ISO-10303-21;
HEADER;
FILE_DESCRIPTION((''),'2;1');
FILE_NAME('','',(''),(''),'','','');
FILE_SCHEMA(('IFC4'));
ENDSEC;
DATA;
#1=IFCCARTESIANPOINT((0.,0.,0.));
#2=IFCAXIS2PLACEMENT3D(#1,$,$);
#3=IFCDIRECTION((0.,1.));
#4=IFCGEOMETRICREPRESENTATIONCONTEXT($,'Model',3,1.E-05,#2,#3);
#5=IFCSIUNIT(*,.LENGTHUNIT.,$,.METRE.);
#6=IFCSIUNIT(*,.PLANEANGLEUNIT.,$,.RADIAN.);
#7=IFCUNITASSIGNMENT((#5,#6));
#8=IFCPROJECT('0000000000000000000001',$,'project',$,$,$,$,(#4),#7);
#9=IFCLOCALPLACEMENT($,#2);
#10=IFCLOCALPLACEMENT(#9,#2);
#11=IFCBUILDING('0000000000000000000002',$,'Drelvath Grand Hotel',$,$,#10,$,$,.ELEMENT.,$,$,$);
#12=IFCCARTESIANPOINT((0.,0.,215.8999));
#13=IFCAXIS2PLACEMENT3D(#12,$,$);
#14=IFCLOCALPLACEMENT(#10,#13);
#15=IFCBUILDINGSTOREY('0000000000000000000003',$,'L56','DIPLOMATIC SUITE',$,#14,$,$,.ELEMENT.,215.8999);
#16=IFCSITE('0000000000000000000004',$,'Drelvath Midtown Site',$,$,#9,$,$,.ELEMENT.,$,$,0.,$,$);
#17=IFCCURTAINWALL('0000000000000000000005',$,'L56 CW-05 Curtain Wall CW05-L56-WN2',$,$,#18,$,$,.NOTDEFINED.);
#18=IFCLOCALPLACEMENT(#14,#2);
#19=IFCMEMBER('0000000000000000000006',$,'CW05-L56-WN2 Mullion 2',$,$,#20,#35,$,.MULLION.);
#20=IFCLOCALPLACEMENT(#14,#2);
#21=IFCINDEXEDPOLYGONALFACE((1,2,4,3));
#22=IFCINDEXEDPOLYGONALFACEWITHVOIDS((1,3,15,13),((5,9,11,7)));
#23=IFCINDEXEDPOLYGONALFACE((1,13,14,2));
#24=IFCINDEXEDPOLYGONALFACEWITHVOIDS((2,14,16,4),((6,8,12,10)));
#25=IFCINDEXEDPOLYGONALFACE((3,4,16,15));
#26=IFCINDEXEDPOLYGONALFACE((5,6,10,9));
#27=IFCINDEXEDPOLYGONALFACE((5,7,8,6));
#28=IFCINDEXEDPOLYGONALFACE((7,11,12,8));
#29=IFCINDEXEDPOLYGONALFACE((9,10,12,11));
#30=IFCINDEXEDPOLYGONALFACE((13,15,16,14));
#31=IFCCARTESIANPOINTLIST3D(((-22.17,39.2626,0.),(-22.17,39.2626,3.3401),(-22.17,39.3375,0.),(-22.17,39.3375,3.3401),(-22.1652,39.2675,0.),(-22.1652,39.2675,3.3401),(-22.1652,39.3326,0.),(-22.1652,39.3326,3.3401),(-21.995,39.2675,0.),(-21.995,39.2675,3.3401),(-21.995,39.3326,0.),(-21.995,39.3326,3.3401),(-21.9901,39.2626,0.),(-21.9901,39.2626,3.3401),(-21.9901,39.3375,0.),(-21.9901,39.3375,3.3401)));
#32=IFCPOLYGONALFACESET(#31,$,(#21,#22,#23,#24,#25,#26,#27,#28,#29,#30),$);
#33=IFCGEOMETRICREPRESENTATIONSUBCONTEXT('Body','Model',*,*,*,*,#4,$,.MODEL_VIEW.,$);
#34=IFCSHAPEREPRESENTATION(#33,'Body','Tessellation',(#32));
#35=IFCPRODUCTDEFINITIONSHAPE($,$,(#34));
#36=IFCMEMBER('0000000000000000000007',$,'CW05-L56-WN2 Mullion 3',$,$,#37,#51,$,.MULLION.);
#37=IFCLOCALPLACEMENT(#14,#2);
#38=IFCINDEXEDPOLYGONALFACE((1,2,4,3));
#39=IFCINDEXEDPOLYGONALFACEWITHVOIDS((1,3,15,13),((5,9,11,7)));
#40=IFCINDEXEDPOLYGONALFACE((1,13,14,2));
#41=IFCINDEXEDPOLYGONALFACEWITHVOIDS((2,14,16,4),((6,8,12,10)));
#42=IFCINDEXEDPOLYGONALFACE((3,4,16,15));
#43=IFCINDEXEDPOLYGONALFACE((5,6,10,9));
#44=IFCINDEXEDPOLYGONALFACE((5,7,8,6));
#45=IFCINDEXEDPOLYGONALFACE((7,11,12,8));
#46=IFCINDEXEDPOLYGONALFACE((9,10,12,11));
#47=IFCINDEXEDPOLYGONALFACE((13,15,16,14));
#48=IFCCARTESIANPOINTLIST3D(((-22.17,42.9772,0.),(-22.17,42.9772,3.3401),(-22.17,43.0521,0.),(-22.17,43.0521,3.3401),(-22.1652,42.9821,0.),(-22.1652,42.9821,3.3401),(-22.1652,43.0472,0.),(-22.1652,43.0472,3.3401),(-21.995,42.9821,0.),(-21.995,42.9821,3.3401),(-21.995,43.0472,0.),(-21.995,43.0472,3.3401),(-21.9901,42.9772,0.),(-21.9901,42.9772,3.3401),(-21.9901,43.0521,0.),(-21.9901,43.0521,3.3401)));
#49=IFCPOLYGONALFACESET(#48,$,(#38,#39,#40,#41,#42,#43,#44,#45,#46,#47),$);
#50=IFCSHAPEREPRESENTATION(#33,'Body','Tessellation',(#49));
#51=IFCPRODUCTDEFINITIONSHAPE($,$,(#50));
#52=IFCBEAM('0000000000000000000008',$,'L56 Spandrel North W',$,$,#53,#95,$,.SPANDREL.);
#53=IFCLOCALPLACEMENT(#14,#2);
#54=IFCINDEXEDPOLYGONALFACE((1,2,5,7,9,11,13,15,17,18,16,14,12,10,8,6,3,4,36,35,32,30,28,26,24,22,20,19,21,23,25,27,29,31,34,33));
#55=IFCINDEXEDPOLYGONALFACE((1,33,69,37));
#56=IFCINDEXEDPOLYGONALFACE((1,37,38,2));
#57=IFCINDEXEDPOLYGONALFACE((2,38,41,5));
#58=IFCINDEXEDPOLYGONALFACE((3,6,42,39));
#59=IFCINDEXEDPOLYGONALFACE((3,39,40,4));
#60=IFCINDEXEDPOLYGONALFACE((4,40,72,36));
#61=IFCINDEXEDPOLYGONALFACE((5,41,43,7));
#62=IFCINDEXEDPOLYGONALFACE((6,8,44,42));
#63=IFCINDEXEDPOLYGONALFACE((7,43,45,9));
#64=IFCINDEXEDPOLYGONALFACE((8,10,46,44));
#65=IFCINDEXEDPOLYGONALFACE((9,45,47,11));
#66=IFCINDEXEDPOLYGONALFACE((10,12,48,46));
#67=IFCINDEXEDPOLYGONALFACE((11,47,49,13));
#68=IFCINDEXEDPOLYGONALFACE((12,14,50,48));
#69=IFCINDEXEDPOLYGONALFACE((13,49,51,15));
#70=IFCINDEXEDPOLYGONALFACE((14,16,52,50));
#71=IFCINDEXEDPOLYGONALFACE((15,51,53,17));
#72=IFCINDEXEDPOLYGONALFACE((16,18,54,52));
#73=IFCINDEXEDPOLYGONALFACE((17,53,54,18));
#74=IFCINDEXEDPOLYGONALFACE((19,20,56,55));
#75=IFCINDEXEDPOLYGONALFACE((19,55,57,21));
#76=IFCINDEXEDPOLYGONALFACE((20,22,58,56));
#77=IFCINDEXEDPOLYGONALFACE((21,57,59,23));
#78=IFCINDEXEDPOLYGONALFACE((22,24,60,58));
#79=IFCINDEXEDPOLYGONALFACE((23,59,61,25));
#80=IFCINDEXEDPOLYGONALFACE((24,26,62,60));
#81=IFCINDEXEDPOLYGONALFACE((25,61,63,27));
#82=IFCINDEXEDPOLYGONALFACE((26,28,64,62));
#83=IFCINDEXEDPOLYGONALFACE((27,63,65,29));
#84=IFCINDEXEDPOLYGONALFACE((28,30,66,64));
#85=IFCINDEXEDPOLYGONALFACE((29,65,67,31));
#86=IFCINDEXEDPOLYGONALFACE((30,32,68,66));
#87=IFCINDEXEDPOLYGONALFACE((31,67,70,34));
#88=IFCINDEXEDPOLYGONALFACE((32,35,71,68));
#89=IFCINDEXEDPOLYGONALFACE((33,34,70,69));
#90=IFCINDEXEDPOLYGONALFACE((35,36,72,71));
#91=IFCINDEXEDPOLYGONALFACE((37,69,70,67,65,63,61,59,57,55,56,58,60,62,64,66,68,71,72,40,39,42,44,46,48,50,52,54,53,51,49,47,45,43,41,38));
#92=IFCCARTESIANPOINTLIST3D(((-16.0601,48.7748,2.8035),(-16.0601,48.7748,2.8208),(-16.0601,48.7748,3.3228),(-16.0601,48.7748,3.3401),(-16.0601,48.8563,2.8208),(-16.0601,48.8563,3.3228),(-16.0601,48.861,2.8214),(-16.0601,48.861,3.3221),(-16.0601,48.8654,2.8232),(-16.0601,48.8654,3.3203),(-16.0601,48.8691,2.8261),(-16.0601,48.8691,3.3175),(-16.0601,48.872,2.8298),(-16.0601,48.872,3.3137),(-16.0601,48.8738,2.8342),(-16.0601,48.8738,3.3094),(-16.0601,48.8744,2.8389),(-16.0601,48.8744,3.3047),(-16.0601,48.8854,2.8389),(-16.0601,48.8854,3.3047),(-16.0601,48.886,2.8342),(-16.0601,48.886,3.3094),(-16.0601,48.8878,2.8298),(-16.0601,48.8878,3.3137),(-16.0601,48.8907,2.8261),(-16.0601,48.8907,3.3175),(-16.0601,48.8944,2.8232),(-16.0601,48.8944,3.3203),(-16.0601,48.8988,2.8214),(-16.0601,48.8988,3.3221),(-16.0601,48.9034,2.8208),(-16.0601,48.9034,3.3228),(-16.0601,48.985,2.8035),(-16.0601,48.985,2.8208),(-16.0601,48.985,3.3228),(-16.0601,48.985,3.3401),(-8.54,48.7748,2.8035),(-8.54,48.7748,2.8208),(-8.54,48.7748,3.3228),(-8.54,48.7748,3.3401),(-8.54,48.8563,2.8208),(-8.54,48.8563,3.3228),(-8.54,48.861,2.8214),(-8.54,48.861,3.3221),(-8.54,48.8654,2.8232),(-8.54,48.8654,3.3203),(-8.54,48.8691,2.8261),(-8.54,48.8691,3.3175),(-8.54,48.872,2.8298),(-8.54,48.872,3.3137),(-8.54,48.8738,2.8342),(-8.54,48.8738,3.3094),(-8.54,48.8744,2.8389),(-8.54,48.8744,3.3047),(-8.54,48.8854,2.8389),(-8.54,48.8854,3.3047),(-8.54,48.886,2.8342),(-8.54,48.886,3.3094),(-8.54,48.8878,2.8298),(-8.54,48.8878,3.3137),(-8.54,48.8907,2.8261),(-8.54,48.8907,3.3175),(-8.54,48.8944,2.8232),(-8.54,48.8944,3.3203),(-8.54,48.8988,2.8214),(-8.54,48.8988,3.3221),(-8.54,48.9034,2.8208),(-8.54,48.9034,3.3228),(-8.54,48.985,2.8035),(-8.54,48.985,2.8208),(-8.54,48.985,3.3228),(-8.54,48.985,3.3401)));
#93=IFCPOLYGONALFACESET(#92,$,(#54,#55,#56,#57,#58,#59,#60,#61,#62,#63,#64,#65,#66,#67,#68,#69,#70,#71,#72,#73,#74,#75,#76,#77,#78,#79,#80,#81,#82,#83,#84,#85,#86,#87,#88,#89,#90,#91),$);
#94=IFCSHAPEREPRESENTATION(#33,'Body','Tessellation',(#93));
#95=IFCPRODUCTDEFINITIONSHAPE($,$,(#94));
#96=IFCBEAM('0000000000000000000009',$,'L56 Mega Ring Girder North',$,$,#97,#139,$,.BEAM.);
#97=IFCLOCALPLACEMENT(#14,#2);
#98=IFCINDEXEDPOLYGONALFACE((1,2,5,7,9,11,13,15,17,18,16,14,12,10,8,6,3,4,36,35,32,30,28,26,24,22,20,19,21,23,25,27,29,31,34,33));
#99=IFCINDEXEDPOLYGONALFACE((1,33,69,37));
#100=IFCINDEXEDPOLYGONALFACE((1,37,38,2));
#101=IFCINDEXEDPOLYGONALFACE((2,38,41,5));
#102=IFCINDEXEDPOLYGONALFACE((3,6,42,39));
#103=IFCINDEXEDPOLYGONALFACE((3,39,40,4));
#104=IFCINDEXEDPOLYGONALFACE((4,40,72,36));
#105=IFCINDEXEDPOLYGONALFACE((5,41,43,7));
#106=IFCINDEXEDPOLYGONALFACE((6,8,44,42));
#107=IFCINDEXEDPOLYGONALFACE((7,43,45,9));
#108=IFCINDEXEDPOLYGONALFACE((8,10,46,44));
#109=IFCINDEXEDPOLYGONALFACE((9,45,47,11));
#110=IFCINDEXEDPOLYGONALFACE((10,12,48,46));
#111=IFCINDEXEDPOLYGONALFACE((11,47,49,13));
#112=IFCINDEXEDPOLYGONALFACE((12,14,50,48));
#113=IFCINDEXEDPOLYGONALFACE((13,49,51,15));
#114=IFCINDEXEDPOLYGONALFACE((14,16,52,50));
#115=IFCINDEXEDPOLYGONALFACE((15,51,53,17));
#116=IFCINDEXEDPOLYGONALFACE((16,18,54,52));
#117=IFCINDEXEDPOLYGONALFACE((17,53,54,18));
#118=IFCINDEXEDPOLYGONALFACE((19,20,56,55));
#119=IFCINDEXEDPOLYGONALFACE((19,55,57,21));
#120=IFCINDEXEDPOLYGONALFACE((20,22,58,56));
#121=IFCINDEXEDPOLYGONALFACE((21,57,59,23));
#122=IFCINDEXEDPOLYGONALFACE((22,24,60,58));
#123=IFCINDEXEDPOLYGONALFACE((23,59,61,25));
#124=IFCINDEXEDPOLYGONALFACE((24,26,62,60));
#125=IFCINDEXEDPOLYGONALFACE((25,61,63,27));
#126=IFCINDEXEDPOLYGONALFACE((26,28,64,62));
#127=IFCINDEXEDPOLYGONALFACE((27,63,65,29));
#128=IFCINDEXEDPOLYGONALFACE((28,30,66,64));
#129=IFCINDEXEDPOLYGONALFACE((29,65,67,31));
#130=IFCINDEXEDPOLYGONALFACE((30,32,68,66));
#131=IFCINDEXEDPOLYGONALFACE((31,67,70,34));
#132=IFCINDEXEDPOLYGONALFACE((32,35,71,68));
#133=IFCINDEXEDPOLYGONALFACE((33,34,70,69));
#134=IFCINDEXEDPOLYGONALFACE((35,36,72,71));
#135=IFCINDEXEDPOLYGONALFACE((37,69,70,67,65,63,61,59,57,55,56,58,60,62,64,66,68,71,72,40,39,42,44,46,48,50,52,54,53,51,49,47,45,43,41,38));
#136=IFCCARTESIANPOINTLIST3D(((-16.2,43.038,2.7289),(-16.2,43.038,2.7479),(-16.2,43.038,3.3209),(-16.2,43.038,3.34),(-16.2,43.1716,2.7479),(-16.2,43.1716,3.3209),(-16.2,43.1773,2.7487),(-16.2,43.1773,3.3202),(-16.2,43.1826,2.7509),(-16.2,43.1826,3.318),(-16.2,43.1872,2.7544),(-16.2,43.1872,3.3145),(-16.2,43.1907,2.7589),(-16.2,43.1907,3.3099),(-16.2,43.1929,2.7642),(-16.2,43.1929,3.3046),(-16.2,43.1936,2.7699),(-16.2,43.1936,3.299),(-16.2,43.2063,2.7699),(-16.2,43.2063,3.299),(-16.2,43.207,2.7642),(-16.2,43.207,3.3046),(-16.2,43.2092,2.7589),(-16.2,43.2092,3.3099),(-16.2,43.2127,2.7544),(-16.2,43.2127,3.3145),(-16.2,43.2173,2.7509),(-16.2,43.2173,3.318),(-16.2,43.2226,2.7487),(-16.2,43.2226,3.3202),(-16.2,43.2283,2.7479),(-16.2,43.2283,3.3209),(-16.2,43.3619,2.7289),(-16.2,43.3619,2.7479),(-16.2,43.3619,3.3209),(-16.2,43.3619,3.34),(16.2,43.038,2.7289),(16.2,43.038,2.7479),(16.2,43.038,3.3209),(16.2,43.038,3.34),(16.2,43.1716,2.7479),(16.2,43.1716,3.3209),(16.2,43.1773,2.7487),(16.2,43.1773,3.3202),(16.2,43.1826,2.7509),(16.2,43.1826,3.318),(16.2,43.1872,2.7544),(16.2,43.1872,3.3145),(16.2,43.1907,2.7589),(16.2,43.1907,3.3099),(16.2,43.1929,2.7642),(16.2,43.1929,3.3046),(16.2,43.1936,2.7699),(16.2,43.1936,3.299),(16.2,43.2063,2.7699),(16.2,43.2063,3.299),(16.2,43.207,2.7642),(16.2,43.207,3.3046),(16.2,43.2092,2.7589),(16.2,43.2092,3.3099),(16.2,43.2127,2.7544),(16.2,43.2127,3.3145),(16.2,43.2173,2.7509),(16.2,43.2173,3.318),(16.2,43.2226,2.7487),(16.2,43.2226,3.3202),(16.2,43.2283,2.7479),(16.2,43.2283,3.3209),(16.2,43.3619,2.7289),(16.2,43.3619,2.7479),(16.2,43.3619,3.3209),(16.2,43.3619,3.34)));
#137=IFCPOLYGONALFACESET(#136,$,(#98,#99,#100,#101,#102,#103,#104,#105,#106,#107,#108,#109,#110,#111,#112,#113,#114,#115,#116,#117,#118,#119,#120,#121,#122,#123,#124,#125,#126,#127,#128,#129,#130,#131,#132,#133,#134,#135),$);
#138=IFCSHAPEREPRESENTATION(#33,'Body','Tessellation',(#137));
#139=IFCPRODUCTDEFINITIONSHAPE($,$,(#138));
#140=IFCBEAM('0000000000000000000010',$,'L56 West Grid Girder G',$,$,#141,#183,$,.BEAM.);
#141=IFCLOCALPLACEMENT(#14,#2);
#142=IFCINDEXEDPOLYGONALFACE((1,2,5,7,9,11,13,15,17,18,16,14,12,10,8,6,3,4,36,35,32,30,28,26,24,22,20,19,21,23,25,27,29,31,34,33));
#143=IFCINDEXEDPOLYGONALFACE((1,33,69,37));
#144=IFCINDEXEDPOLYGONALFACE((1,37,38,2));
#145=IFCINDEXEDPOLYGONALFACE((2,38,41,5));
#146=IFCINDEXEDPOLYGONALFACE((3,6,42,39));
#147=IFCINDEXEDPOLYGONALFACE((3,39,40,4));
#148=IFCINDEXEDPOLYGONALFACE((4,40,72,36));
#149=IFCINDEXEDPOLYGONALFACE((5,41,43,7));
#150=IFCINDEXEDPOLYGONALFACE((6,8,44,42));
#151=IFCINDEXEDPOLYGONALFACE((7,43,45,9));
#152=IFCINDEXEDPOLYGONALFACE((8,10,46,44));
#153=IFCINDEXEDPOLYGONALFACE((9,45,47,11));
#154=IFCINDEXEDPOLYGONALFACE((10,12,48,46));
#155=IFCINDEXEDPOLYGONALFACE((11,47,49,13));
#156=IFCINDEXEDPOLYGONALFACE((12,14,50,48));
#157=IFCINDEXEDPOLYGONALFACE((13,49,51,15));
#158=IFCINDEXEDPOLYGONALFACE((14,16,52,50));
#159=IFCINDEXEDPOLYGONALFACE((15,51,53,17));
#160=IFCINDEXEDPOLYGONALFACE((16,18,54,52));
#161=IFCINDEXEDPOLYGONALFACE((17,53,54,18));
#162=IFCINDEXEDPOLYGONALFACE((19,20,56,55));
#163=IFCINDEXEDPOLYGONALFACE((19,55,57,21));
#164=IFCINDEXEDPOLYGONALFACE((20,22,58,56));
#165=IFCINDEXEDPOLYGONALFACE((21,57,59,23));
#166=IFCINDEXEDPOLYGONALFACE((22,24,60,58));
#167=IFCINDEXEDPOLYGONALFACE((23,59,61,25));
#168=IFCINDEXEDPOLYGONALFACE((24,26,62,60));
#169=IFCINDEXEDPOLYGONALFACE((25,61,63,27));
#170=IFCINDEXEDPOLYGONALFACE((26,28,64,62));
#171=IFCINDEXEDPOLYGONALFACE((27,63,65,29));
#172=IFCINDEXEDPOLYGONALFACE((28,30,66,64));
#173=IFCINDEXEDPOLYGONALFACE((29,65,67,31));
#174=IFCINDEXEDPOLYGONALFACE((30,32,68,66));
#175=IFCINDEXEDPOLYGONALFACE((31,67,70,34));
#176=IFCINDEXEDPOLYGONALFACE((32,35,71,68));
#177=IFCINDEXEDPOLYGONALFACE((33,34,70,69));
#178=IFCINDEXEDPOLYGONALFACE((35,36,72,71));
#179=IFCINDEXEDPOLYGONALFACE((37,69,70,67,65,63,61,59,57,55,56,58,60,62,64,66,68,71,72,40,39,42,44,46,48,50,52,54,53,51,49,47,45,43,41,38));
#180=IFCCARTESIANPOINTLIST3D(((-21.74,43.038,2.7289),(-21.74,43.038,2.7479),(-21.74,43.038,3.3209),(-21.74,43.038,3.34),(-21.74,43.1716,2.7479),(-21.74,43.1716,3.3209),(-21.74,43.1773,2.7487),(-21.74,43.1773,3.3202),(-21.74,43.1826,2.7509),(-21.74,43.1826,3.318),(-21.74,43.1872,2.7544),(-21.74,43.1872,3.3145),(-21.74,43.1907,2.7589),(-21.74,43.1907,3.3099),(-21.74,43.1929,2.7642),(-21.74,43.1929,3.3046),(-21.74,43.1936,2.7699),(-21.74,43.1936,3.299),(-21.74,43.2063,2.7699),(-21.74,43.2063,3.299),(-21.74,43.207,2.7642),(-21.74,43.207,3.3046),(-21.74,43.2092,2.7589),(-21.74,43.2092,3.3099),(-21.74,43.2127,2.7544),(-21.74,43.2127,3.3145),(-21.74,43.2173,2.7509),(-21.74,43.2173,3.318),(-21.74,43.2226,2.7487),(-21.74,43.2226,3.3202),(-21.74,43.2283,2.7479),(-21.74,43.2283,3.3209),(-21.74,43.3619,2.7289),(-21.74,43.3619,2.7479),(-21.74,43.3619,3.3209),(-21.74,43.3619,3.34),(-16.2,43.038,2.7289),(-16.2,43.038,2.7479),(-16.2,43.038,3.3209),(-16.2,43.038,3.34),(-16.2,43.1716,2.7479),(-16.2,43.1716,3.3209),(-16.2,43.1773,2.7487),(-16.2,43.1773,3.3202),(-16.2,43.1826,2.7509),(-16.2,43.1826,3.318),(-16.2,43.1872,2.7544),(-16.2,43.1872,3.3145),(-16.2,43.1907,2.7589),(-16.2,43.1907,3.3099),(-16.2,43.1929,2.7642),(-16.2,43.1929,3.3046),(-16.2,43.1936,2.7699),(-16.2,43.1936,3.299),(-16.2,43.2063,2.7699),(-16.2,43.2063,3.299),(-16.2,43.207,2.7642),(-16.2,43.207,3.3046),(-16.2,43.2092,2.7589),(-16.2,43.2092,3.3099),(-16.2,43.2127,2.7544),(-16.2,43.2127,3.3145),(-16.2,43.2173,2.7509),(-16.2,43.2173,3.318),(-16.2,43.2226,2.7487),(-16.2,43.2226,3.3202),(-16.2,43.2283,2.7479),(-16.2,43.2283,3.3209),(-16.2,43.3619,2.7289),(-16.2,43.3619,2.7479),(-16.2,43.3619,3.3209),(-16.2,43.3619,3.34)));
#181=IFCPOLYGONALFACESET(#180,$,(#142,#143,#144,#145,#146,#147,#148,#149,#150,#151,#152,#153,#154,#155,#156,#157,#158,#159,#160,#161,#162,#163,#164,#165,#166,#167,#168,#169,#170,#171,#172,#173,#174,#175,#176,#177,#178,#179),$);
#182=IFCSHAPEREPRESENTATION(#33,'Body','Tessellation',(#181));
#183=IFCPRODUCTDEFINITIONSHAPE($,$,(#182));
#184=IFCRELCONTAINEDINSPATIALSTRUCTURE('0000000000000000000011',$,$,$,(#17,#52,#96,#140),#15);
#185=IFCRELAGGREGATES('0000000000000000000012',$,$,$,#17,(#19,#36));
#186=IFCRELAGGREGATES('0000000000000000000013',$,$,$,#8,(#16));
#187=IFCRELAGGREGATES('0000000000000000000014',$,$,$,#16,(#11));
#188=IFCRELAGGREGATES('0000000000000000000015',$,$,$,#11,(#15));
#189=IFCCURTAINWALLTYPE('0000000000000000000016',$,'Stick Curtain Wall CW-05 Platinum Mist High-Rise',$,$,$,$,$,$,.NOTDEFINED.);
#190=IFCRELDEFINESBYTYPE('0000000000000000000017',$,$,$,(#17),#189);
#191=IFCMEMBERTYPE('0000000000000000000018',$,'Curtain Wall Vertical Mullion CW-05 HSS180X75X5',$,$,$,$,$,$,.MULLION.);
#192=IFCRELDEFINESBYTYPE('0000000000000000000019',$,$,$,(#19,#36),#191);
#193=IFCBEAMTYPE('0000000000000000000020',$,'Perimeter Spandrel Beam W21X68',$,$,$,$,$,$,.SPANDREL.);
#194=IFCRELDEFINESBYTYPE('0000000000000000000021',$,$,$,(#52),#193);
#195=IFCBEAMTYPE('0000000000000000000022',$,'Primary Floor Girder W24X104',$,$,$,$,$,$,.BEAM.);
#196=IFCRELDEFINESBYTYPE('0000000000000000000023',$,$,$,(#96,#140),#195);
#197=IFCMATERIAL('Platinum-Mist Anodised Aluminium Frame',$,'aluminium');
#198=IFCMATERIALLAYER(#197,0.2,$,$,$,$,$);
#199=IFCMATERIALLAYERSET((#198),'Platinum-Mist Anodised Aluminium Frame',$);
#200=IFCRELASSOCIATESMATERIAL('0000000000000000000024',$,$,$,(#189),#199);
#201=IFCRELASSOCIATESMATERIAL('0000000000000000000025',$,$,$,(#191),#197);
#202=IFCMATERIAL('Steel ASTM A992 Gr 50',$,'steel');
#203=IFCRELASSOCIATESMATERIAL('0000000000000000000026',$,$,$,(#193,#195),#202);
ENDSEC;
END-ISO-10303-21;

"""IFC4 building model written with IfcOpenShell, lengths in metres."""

from ifc_helpers import new_model, si_unit, direction, frame, origin, origin_2d, place, context, subcontext, project, spatial, hollow_rectangle, i_section, extrude, material, layer, layer_set, material_profile, profile_set, type_object, element, aggregate, save


model = new_model("IFC4")

# Units and contexts
model_context = context("Model", 3, precision=1e-05, world=origin(), true_north=direction((0.0, 1.0)))
body_context = subcontext(model_context, "Body", "Model", "MODEL_VIEW")
ifc_project = project(units=[si_unit("LENGTHUNIT", "METRE"), si_unit("PLANEANGLEUNIT", "RADIAN")], contexts=[model_context])

# Site, building, storey
site_placement = place(None, origin())
site = spatial("IfcSite", under=ifc_project, at=site_placement, Name="Drelvath Midtown Site", CompositionType="ELEMENT", RefElevation=0.0)
building_placement = place(site_placement, origin())
building = spatial("IfcBuilding", under=site, at=building_placement, Name="Drelvath Grand Hotel", CompositionType="ELEMENT")
storey_placement = place(building_placement, frame((0.0, 0.0, 215.8999)))
storey = spatial("IfcBuildingStorey", under=building, at=storey_placement, Name="L56", Description="DIPLOMATIC SUITE", CompositionType="ELEMENT", Elevation=215.8999)

# Shared definitions
ifc_material_1 = material(Name="Steel ASTM A992 Gr 50", Category="steel")

# Curtain wall, members
ifc_material_2 = material(Name="Platinum-Mist Anodised Aluminium Frame", Category="aluminium")
ifc_layer_1 = layer(ifc_material_2, 0.2)
ifc_layer_set_1 = layer_set([ifc_layer_1], Name="Platinum-Mist Anodised Aluminium Frame")
curtain_wall_type = type_object("IfcCurtainWallType", Name="Stick Curtain Wall CW-05 Platinum Mist High-Rise", PredefinedType="NOTDEFINED", material=ifc_layer_set_1)
curtain_wall_placement = place(storey_placement, origin())
curtain_wall = element("IfcCurtainWall", 1, at=curtain_wall_placement, inside=storey, type_object=curtain_wall_type, Name="L56 CW-05 Curtain Wall CW05-L56-WN2", PredefinedType="NOTDEFINED")
ifc_material_profile_1 = material_profile(ifc_material_2, hollow_rectangle(XDim=0.075, YDim=0.1799, WallThickness=0.0049, at=origin_2d()), Name="HSS180X75X5")
ifc_profile_set_1 = profile_set([ifc_material_profile_1], Name="Platinum-Mist Anodised Aluminium Frame")
member_type_1 = type_object("IfcMemberType", Name="Curtain Wall Vertical Mullion CW-05 HSS180X75X5", PredefinedType="MULLION", material=ifc_profile_set_1)
member_1_placement = place(storey_placement, frame((-22.0801, 39.3, 0.0), z_axis=(0.0, 0.0, 1.0), x_axis=(0.0, 1.0, 0.0)))
member_1 = element("IfcMember", 2, at=member_1_placement, type_object=member_type_1, Name="CW05-L56-WN2 Mullion 2", PredefinedType="MULLION", context=body_context, shape_type="SweptSolid", body=[
    extrude(hollow_rectangle(XDim=0.075, YDim=0.1799, WallThickness=0.0049, at=origin_2d()), origin(), (0.0, 0.0, 1.0), 3.3401),
])
member_2_placement = place(storey_placement, frame((-22.0801, 43.0146, 0.0), z_axis=(0.0, 0.0, 1.0), x_axis=(0.0, 1.0, 0.0)))
member_2 = element("IfcMember", 3, at=member_2_placement, type_object=member_type_1, Name="CW05-L56-WN2 Mullion 3", PredefinedType="MULLION", context=body_context, shape_type="SweptSolid", body=[
    extrude(hollow_rectangle(XDim=0.075, YDim=0.1799, WallThickness=0.0049, at=origin_2d()), origin(), (0.0, 0.0, 1.0), 3.3401),
])

# Beams
ifc_material_profile_2 = material_profile(ifc_material_1, i_section(OverallWidth=0.2102, OverallDepth=0.5366, WebThickness=0.011, FlangeThickness=0.0173, FilletRadius=0.0181, at=origin_2d()), Name="W21X68")
ifc_profile_set_2 = profile_set([ifc_material_profile_2], Name="Steel ASTM A992 Gr 50")
beam_type_1 = type_object("IfcBeamType", Name="Perimeter Spandrel Beam W21X68", PredefinedType="SPANDREL", material=ifc_profile_set_2)
beam_1_placement = place(storey_placement, frame((-16.0601, 48.8799, 3.0718), z_axis=(1.0, 0.0, 0.0), x_axis=(0.0, 1.0, 0.0)))
element("IfcBeam", 4, at=beam_1_placement, inside=storey, type_object=beam_type_1, Name="L56 Spandrel North W", PredefinedType="SPANDREL", context=body_context, shape_type="SweptSolid", body=[
    extrude(i_section(OverallWidth=0.2102, OverallDepth=0.5366, WebThickness=0.011, FlangeThickness=0.0173, FilletRadius=0.0181, at=origin_2d()), origin(), (0.0, 0.0, 1.0), 7.52),
])
ifc_material_profile_3 = material_profile(ifc_material_1, i_section(OverallWidth=0.324, OverallDepth=0.6111, WebThickness=0.0127, FlangeThickness=0.019, FilletRadius=0.022, at=origin_2d()), Name="W24X104")
ifc_profile_set_3 = profile_set([ifc_material_profile_3], Name="Steel ASTM A992 Gr 50")
beam_type_2 = type_object("IfcBeamType", Name="Primary Floor Girder W24X104", PredefinedType="BEAM", material=ifc_profile_set_3)
beam_2_placement = place(storey_placement, frame((-16.2, 43.2, 3.0344), z_axis=(1.0, 0.0, 0.0), x_axis=(0.0, 1.0, 0.0)))
element("IfcBeam", 5, at=beam_2_placement, inside=storey, type_object=beam_type_2, Name="L56 Mega Ring Girder North", PredefinedType="BEAM", context=body_context, shape_type="SweptSolid", body=[
    extrude(i_section(OverallWidth=0.324, OverallDepth=0.6111, WebThickness=0.0127, FlangeThickness=0.019, FilletRadius=0.022, at=origin_2d()), origin(), (0.0, 0.0, 1.0), 32.3999),
])
for number, where, z_axis, x_axis, name in (
    (6, (-21.74, 43.2, 3.0344), (1.0, 0.0, 0.0), (0.0, 1.0, 0.0), "L56 West Grid Girder G"),
):
    element("IfcBeam", number, at=place(storey_placement, frame(where, z_axis=z_axis, x_axis=x_axis)), inside=storey, type_object=beam_type_2, Name=name, PredefinedType="BEAM", context=body_context, shape_type="SweptSolid", body=[
        extrude(i_section(OverallWidth=0.324, OverallDepth=0.6111, WebThickness=0.0127, FlangeThickness=0.019, FilletRadius=0.022, at=origin_2d()), origin(), (0.0, 0.0, 1.0), 5.54),
    ])

aggregate(curtain_wall, [member_1, member_2])

save(model, "model.ifc")
